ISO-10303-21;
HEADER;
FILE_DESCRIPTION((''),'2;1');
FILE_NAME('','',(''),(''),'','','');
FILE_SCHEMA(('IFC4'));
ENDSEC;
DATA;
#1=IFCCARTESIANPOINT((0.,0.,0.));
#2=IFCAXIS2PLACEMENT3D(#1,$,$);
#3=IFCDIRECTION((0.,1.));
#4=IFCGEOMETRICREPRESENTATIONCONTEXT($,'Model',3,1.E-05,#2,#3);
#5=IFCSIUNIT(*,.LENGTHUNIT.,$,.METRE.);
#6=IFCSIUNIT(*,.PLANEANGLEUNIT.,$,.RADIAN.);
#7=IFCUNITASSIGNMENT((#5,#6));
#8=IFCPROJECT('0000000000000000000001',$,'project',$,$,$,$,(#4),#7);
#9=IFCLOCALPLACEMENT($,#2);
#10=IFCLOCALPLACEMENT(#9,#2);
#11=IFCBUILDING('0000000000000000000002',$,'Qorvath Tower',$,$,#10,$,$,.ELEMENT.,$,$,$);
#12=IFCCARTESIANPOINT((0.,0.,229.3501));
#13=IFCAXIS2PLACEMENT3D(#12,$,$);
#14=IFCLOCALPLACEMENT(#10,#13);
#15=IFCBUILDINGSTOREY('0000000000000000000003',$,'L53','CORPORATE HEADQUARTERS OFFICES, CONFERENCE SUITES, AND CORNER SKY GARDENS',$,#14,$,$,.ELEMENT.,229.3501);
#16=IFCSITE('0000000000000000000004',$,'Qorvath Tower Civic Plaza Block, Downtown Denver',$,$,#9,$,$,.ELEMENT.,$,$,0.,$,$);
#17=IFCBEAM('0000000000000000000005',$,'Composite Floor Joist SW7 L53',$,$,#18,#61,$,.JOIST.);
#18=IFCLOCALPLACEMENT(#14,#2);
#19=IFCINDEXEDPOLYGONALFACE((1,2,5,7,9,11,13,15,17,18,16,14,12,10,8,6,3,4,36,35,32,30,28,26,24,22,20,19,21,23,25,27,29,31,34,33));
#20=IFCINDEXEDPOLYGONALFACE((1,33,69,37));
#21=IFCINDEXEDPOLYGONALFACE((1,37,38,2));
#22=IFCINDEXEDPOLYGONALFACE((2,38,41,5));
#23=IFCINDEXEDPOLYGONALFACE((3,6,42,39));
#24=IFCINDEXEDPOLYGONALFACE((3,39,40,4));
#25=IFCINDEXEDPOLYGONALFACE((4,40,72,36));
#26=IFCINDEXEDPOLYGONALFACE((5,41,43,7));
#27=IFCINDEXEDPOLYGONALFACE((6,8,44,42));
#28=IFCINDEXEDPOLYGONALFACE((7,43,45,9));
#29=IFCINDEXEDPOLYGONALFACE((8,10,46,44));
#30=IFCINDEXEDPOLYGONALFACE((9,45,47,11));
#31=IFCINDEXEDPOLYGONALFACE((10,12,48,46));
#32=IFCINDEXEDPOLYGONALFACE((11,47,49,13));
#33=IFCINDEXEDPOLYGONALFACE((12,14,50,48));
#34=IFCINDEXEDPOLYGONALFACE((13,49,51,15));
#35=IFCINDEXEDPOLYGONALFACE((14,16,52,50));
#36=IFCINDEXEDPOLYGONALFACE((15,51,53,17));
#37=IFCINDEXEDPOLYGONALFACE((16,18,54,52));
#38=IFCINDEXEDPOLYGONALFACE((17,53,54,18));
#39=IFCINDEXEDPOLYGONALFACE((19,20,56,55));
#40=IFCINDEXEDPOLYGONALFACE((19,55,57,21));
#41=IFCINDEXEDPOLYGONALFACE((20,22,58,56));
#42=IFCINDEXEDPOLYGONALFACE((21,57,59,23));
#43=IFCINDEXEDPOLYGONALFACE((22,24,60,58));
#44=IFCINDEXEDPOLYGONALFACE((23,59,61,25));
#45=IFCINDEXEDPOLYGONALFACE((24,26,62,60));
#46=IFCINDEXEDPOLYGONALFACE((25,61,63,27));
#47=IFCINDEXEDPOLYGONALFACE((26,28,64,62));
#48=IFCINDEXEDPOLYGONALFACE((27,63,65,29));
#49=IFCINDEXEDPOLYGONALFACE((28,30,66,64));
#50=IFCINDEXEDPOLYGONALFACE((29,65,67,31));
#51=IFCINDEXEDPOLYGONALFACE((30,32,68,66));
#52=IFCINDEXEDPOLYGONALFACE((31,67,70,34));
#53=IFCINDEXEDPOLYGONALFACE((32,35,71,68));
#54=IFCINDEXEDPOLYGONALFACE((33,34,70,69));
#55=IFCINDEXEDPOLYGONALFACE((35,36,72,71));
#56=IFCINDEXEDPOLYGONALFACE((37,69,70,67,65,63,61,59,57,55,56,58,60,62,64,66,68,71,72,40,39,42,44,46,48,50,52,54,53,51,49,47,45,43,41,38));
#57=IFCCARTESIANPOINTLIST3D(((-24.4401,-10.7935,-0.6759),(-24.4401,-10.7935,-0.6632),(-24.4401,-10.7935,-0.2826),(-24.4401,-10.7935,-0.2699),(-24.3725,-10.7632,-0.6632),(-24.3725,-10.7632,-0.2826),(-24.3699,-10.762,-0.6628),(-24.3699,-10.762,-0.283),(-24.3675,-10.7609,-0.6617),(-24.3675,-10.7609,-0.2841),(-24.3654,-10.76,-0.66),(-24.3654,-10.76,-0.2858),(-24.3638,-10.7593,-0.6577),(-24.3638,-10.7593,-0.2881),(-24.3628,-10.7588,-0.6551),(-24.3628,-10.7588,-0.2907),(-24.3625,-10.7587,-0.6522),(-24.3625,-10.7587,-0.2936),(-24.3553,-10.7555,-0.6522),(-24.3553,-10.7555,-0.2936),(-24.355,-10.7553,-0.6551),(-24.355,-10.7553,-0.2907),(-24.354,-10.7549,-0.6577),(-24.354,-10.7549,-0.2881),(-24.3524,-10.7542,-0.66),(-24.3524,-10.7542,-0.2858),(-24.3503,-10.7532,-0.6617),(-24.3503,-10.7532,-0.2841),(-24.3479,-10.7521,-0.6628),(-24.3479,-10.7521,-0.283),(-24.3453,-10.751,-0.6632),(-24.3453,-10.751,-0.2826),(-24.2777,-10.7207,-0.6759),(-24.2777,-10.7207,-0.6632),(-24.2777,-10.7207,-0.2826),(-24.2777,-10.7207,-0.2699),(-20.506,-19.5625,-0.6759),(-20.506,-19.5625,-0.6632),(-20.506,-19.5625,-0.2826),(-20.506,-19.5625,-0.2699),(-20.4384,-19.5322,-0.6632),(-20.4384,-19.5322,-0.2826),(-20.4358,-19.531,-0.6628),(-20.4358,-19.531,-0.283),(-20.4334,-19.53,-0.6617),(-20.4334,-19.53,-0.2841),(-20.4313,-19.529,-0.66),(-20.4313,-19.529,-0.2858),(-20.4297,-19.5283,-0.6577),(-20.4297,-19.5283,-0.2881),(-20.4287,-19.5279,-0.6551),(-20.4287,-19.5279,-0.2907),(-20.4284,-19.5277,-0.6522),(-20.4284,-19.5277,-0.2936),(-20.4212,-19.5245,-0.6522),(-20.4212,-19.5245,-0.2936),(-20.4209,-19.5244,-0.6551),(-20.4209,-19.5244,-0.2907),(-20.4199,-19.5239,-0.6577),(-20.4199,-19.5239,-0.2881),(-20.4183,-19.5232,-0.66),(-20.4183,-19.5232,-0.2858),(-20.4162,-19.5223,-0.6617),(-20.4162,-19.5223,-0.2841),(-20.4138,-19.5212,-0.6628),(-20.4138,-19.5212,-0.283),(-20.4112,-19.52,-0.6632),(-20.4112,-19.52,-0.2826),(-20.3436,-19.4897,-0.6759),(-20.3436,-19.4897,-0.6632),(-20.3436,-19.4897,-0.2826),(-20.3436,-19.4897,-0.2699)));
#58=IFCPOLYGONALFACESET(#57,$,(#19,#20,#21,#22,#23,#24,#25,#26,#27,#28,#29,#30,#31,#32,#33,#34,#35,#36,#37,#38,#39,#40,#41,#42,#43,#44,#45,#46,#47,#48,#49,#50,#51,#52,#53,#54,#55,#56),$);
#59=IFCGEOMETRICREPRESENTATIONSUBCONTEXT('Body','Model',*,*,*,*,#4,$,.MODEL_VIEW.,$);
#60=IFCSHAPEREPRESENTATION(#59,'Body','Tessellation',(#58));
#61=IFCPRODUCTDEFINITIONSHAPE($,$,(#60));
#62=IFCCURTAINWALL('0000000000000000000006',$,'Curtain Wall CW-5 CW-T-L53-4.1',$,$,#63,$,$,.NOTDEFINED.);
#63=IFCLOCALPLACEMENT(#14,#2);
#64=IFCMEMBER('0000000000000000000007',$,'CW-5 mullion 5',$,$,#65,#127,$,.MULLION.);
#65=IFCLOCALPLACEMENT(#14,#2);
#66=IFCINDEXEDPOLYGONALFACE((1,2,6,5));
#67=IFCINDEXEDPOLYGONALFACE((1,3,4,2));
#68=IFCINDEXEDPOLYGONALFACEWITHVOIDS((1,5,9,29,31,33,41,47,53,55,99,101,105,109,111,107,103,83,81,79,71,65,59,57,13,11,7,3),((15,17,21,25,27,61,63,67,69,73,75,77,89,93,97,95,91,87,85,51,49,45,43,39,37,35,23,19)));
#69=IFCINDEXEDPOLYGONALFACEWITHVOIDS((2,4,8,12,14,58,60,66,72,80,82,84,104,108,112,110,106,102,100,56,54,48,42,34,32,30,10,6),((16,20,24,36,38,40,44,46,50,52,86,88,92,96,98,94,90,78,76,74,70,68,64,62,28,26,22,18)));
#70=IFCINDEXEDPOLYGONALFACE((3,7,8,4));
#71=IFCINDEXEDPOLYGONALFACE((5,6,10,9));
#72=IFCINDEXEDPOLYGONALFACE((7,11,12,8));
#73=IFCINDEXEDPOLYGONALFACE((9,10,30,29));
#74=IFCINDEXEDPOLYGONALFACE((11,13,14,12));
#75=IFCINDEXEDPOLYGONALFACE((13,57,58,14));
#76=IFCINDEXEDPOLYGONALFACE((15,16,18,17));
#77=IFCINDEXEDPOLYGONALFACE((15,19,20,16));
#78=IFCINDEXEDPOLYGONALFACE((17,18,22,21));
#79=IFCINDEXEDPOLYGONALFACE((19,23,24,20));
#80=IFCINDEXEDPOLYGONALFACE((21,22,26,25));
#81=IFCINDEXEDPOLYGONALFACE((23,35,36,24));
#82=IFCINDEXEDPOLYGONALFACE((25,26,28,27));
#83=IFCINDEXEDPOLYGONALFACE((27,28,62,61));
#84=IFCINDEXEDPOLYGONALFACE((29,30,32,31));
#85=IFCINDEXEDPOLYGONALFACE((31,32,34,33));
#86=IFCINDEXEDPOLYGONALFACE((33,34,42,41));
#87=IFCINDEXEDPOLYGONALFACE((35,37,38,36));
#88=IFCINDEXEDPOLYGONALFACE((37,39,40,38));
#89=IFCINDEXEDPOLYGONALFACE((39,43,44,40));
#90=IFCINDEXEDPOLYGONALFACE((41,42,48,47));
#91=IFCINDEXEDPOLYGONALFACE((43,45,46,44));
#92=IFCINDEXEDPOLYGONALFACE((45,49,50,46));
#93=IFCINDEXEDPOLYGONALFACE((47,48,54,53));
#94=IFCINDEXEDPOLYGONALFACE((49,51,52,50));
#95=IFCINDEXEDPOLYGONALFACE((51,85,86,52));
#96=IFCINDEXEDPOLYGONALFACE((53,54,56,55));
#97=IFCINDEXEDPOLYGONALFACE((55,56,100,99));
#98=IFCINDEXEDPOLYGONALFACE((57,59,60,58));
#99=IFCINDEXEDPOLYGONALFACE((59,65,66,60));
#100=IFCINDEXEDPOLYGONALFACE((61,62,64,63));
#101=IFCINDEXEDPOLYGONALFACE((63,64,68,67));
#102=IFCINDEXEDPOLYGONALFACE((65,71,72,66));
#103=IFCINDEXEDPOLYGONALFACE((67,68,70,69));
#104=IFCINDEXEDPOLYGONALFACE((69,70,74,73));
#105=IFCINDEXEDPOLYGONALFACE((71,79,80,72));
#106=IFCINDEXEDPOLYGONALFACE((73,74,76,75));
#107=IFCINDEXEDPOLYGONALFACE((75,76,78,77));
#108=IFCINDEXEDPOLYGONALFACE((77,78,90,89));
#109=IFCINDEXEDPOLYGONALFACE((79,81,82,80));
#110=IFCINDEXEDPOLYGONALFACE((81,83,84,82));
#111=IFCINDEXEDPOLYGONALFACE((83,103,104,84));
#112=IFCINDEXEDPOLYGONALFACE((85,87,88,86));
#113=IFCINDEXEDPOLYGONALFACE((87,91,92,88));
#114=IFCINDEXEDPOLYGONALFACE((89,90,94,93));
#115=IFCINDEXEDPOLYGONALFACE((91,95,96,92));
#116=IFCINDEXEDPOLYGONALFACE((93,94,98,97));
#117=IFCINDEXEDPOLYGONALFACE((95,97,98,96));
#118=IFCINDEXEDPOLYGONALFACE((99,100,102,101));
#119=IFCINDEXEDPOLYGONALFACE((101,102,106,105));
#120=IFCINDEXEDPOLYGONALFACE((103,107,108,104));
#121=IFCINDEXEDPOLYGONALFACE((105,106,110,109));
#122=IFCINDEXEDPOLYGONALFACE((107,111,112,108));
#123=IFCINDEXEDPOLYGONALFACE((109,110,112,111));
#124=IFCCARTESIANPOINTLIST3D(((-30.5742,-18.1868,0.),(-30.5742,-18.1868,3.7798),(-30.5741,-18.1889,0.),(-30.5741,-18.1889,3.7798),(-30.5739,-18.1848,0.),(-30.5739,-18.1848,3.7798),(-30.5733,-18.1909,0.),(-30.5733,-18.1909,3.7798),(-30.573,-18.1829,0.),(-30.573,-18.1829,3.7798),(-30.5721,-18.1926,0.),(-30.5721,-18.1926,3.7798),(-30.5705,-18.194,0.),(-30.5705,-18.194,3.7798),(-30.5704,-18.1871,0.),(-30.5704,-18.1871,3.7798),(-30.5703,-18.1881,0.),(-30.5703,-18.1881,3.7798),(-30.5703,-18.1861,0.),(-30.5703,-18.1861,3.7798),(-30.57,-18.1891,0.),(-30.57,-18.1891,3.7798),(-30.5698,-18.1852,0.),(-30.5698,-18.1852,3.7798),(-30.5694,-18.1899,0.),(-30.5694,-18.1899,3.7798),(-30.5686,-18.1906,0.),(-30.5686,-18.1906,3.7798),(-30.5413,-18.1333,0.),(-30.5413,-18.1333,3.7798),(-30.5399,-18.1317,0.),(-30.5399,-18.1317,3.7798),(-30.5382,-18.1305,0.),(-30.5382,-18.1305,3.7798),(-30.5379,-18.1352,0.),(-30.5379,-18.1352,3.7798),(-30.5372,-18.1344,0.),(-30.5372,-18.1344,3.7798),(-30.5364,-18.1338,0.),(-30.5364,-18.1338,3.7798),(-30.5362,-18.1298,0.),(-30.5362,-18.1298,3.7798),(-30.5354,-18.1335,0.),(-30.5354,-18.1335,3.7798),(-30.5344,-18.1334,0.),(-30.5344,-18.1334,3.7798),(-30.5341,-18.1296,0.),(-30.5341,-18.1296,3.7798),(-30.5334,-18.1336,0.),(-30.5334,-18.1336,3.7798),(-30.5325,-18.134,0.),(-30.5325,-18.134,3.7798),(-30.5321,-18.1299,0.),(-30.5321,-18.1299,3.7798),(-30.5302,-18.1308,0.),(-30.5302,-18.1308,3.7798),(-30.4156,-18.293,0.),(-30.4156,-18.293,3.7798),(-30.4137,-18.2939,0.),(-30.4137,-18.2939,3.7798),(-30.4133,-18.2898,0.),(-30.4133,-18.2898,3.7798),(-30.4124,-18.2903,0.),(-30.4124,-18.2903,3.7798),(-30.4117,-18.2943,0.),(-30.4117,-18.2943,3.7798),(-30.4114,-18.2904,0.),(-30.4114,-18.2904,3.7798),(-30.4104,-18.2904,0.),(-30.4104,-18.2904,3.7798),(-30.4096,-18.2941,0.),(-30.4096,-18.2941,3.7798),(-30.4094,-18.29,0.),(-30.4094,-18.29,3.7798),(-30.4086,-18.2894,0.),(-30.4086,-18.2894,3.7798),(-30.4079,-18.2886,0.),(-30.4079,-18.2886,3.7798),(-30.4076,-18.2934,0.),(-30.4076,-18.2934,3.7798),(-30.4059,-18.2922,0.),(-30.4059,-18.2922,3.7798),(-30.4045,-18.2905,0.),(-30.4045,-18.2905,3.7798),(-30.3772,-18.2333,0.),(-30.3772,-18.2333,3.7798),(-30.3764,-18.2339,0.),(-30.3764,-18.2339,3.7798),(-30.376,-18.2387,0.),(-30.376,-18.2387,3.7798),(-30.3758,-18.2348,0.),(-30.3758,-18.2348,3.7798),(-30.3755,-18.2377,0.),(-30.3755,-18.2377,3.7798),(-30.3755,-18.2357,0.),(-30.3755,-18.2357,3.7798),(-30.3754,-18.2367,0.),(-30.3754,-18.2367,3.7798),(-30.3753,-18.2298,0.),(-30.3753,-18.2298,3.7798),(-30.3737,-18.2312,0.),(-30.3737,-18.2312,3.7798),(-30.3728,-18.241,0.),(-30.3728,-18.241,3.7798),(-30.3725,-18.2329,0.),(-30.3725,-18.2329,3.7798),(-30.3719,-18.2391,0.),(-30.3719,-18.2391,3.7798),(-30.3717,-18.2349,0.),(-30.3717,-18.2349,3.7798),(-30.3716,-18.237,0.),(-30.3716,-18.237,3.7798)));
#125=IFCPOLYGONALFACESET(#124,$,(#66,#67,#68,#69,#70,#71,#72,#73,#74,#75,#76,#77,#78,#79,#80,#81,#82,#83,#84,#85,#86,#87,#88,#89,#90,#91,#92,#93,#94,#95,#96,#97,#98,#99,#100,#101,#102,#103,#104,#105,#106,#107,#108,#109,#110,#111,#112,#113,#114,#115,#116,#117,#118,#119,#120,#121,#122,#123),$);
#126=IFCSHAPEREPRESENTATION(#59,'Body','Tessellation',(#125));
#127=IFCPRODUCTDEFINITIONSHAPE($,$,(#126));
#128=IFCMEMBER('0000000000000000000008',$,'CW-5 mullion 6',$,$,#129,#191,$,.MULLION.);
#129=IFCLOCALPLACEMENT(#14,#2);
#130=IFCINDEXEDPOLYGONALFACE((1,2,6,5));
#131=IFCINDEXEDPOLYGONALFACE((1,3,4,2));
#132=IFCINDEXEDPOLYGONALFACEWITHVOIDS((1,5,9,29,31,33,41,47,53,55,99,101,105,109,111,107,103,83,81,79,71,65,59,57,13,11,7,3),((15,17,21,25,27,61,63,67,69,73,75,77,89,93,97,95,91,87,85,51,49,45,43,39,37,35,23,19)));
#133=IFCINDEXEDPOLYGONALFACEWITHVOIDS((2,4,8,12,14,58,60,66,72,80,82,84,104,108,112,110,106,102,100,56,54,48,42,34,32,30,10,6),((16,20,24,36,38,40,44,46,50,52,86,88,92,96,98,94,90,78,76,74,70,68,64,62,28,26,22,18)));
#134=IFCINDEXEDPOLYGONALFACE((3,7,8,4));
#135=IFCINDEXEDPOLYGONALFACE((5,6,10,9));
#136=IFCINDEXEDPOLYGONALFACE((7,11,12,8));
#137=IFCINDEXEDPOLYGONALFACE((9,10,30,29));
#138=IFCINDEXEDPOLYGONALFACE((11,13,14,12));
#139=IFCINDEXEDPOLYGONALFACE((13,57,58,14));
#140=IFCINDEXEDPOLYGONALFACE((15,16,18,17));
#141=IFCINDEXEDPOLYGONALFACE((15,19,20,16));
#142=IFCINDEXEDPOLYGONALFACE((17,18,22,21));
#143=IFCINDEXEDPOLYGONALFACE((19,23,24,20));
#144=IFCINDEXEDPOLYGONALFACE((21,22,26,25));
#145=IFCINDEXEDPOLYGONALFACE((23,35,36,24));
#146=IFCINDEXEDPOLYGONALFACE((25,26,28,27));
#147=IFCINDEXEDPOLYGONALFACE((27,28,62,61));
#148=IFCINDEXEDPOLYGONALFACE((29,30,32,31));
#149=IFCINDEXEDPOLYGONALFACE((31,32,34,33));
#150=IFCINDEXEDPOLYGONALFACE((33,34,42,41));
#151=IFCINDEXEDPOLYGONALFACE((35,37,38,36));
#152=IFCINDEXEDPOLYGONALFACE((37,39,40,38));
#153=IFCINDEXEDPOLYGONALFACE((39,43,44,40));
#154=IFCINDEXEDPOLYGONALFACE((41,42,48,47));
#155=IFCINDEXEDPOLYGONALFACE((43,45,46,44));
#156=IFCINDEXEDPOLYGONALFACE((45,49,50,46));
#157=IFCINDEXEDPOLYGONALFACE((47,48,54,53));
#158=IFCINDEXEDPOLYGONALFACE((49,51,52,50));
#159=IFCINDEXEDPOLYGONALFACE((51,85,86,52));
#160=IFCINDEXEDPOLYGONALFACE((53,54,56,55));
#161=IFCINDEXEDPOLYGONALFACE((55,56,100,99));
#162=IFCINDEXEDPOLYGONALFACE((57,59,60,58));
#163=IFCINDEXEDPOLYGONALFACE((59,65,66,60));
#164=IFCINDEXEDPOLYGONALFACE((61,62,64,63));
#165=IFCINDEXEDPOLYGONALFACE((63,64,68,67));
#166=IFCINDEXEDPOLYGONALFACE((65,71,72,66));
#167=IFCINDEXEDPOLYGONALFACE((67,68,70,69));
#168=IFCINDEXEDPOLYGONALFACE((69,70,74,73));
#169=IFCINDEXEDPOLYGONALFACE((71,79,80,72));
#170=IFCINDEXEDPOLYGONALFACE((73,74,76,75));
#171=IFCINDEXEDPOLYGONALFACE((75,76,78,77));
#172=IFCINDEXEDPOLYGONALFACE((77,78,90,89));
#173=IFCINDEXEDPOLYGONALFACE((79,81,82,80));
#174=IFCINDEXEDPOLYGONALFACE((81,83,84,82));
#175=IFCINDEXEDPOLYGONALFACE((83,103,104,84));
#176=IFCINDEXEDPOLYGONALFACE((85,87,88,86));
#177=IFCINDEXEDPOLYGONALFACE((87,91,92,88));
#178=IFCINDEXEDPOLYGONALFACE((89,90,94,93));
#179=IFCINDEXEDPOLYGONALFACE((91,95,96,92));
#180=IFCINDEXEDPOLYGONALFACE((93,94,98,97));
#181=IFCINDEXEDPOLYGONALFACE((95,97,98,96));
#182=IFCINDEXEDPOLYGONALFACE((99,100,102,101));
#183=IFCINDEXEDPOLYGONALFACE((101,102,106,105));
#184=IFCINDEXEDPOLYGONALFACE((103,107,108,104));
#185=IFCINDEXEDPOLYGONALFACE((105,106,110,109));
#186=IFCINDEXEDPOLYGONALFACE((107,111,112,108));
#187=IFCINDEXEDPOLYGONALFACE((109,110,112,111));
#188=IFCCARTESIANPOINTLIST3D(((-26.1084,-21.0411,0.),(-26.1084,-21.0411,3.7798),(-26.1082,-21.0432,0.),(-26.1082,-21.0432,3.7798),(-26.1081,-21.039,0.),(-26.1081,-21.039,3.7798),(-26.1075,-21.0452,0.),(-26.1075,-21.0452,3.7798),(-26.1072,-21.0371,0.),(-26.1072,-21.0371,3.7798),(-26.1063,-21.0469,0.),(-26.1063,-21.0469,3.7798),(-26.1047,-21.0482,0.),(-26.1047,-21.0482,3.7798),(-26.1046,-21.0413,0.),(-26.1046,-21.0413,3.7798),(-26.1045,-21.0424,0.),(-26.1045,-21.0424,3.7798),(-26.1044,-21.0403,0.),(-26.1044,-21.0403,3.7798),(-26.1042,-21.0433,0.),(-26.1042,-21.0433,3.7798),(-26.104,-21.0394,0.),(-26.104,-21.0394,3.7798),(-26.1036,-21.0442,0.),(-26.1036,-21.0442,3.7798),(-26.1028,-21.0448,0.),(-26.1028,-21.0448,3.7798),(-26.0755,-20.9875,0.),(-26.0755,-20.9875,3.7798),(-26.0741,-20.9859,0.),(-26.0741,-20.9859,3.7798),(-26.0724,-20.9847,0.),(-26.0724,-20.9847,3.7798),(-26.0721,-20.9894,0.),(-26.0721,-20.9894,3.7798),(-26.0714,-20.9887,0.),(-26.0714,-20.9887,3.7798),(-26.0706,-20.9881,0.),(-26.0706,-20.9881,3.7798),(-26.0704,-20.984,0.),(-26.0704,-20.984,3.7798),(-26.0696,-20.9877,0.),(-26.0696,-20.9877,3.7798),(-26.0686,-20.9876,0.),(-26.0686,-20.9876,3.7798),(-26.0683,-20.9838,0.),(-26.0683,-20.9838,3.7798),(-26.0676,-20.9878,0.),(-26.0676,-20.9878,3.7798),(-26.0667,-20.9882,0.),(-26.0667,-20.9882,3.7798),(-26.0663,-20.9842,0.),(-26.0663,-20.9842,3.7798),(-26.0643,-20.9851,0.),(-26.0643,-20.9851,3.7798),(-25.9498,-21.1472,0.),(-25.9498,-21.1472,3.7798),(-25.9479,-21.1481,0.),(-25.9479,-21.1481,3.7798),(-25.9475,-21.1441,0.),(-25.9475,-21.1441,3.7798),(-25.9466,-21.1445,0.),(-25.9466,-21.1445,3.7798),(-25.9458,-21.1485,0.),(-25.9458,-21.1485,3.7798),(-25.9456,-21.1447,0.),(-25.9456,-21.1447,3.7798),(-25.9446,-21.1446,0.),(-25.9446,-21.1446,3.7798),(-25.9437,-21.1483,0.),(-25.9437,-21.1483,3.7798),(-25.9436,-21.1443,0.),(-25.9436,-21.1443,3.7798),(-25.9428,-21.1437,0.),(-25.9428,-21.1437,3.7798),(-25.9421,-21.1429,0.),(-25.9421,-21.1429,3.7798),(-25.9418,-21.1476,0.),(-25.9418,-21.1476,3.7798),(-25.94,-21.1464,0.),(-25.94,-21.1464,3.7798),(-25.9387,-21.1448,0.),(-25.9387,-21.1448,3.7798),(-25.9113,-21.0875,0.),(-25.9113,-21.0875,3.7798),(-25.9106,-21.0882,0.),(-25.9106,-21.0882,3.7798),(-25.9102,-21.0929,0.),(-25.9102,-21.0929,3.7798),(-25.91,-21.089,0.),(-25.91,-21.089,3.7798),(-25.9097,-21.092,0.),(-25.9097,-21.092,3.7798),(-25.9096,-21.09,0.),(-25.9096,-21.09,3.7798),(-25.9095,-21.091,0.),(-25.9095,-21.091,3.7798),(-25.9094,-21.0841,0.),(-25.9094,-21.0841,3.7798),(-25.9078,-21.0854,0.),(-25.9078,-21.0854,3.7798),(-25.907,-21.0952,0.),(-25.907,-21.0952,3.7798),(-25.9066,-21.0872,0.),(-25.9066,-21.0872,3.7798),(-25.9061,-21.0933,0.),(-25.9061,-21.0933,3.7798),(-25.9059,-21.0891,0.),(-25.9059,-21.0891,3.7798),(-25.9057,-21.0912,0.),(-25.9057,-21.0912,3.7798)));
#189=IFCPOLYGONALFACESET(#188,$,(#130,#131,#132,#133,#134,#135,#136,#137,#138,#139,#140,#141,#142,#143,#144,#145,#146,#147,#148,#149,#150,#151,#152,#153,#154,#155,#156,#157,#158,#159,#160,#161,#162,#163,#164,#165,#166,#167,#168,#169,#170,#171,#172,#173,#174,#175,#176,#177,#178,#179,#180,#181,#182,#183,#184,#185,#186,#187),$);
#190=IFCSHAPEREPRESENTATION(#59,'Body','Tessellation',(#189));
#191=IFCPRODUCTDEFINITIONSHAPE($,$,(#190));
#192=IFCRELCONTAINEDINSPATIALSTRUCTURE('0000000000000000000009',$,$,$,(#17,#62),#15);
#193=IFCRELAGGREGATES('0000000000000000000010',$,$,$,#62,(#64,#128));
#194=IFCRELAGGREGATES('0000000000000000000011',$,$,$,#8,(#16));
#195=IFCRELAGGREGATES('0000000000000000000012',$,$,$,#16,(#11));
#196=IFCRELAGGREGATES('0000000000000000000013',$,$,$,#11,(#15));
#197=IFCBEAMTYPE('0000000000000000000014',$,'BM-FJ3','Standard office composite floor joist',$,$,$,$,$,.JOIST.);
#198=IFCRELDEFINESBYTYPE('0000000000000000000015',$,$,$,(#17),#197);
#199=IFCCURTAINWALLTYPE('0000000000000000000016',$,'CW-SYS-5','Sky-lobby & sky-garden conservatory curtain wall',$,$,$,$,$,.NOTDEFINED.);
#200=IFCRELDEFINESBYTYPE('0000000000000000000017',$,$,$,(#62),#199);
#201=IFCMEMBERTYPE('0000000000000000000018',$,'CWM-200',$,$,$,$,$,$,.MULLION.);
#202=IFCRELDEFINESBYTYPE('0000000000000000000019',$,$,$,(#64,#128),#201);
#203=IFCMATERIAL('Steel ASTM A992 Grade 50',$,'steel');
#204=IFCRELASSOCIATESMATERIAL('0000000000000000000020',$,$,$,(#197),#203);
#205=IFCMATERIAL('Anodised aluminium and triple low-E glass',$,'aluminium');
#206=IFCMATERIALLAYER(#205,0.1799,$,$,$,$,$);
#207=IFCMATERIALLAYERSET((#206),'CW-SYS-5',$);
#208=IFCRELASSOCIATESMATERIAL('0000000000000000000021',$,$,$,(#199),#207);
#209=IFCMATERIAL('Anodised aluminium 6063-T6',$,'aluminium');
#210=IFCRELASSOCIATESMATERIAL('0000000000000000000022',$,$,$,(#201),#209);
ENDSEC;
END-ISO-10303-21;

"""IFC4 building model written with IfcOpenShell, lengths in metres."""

from ifc_helpers import new_model, si_unit, direction, frame, origin, origin_2d, place, context, subcontext, project, spatial, hollow_rectangle, i_section, extrude, material, layer, layer_set, material_profile, profile_set, type_object, element, aggregate, save


model = new_model("IFC4")

# Units and contexts
model_context = context("Model", 3, precision=1e-05, world=origin(), true_north=direction((0.0, 1.0)))
body_context = subcontext(model_context, "Body", "Model", "MODEL_VIEW")
ifc_project = project(units=[si_unit("LENGTHUNIT", "METRE"), si_unit("PLANEANGLEUNIT", "RADIAN")], contexts=[model_context])

# Site, building, storey
site_placement = place(None, origin())
site = spatial("IfcSite", under=ifc_project, at=site_placement, Name="Qorvath Tower Civic Plaza Block, Downtown Denver", CompositionType="ELEMENT", RefElevation=0.0)
building_placement = place(site_placement, origin())
building = spatial("IfcBuilding", under=site, at=building_placement, Name="Qorvath Tower", CompositionType="ELEMENT")
storey_placement = place(building_placement, frame((0.0, 0.0, 229.3501)))
storey = spatial("IfcBuildingStorey", under=building, at=storey_placement, Name="L53", Description="CORPORATE HEADQUARTERS OFFICES, CONFERENCE SUITES, AND CORNER SKY GARDENS", CompositionType="ELEMENT", Elevation=229.3501)

# Beam
ifc_material_1 = material(Name="Steel ASTM A992 Grade 50", Category="steel")
ifc_material_profile_1 = material_profile(ifc_material_1, i_section(OverallWidth=0.178, OverallDepth=0.406, WebThickness=0.0078, FlangeThickness=0.0127, FilletRadius=0.011, at=origin_2d()), Name="W16x40")
ifc_profile_set_1 = profile_set([ifc_material_profile_1], Name="Steel ASTM A992 Grade 50")
beam_type_1 = type_object("IfcBeamType", Name="BM-FJ3", Description="Standard office composite floor joist", PredefinedType="JOIST", material=ifc_profile_set_1)
beam_1_placement = place(storey_placement, frame((-24.3589, -10.7571, -0.4729), z_axis=(0.409327, -0.912388, 0.0), x_axis=(0.912388, 0.409327, 0.0)))
element("IfcBeam", 1, at=beam_1_placement, inside=storey, type_object=beam_type_1, Name="Composite Floor Joist SW7 L53", PredefinedType="JOIST", context=body_context, shape_type="SweptSolid", body=[
    extrude(i_section(OverallWidth=0.178, OverallDepth=0.406, WebThickness=0.0078, FlangeThickness=0.0127, FilletRadius=0.011, at=origin_2d()), origin(), (0.0, 0.0, 1.0), 9.6111),
])

# Curtain wall, members
ifc_material_2 = material(Name="Anodised aluminium and triple low-E glass", Category="aluminium")
ifc_layer_1 = layer(ifc_material_2, 0.1799)
ifc_layer_set_1 = layer_set([ifc_layer_1], Name="CW-SYS-5")
curtain_wall_type = type_object("IfcCurtainWallType", Name="CW-SYS-5", Description="Sky-lobby & sky-garden conservatory curtain wall", PredefinedType="NOTDEFINED", material=ifc_layer_set_1)
curtain_wall_placement = place(storey_placement, origin())
curtain_wall = element("IfcCurtainWall", 2, at=curtain_wall_placement, inside=storey, type_object=curtain_wall_type, Name="Curtain Wall CW-5 CW-T-L53-4.1", PredefinedType="NOTDEFINED")
ifc_material_3 = material(Name="Anodised aluminium 6063-T6", Category="aluminium")
ifc_material_profile_2 = material_profile(ifc_material_3, hollow_rectangle(XDim=0.075, YDim=0.2, WallThickness=0.0039, InnerFilletRadius=0.0039, OuterFilletRadius=0.0081, at=origin_2d()), Name="CWM 200x75")
ifc_profile_set_2 = profile_set([ifc_material_profile_2], Name="Anodised aluminium 6063-T6")
member_type_1 = type_object("IfcMemberType", Name="CWM-200", PredefinedType="MULLION", material=ifc_profile_set_2)
member_1_placement = place(storey_placement, frame((-30.4729, -18.2119, 0.0), z_axis=(0.0, 0.0, 1.0), x_axis=(0.538529, 0.842607, 0.0)))
member_1 = element("IfcMember", 3, at=member_1_placement, type_object=member_type_1, Name="CW-5 mullion 5", PredefinedType="MULLION", context=body_context, shape_type="SweptSolid", body=[
    extrude(hollow_rectangle(XDim=0.075, YDim=0.2, WallThickness=0.0039, InnerFilletRadius=0.0039, OuterFilletRadius=0.0081, at=origin_2d()), origin(), (0.0, 0.0, 1.0), 3.7798),
])
member_2_placement = place(storey_placement, frame((-26.0071, -21.0662, 0.0), z_axis=(0.0, 0.0, 1.0), x_axis=(0.538529, 0.842607, 0.0)))
member_2 = element("IfcMember", 4, at=member_2_placement, type_object=member_type_1, Name="CW-5 mullion 6", PredefinedType="MULLION", context=body_context, shape_type="SweptSolid", body=[
    extrude(hollow_rectangle(XDim=0.075, YDim=0.2, WallThickness=0.0039, InnerFilletRadius=0.0039, OuterFilletRadius=0.0081, at=origin_2d()), origin(), (0.0, 0.0, 1.0), 3.7798),
])
aggregate(curtain_wall, [member_1, member_2])

save(model, "model.ifc")
